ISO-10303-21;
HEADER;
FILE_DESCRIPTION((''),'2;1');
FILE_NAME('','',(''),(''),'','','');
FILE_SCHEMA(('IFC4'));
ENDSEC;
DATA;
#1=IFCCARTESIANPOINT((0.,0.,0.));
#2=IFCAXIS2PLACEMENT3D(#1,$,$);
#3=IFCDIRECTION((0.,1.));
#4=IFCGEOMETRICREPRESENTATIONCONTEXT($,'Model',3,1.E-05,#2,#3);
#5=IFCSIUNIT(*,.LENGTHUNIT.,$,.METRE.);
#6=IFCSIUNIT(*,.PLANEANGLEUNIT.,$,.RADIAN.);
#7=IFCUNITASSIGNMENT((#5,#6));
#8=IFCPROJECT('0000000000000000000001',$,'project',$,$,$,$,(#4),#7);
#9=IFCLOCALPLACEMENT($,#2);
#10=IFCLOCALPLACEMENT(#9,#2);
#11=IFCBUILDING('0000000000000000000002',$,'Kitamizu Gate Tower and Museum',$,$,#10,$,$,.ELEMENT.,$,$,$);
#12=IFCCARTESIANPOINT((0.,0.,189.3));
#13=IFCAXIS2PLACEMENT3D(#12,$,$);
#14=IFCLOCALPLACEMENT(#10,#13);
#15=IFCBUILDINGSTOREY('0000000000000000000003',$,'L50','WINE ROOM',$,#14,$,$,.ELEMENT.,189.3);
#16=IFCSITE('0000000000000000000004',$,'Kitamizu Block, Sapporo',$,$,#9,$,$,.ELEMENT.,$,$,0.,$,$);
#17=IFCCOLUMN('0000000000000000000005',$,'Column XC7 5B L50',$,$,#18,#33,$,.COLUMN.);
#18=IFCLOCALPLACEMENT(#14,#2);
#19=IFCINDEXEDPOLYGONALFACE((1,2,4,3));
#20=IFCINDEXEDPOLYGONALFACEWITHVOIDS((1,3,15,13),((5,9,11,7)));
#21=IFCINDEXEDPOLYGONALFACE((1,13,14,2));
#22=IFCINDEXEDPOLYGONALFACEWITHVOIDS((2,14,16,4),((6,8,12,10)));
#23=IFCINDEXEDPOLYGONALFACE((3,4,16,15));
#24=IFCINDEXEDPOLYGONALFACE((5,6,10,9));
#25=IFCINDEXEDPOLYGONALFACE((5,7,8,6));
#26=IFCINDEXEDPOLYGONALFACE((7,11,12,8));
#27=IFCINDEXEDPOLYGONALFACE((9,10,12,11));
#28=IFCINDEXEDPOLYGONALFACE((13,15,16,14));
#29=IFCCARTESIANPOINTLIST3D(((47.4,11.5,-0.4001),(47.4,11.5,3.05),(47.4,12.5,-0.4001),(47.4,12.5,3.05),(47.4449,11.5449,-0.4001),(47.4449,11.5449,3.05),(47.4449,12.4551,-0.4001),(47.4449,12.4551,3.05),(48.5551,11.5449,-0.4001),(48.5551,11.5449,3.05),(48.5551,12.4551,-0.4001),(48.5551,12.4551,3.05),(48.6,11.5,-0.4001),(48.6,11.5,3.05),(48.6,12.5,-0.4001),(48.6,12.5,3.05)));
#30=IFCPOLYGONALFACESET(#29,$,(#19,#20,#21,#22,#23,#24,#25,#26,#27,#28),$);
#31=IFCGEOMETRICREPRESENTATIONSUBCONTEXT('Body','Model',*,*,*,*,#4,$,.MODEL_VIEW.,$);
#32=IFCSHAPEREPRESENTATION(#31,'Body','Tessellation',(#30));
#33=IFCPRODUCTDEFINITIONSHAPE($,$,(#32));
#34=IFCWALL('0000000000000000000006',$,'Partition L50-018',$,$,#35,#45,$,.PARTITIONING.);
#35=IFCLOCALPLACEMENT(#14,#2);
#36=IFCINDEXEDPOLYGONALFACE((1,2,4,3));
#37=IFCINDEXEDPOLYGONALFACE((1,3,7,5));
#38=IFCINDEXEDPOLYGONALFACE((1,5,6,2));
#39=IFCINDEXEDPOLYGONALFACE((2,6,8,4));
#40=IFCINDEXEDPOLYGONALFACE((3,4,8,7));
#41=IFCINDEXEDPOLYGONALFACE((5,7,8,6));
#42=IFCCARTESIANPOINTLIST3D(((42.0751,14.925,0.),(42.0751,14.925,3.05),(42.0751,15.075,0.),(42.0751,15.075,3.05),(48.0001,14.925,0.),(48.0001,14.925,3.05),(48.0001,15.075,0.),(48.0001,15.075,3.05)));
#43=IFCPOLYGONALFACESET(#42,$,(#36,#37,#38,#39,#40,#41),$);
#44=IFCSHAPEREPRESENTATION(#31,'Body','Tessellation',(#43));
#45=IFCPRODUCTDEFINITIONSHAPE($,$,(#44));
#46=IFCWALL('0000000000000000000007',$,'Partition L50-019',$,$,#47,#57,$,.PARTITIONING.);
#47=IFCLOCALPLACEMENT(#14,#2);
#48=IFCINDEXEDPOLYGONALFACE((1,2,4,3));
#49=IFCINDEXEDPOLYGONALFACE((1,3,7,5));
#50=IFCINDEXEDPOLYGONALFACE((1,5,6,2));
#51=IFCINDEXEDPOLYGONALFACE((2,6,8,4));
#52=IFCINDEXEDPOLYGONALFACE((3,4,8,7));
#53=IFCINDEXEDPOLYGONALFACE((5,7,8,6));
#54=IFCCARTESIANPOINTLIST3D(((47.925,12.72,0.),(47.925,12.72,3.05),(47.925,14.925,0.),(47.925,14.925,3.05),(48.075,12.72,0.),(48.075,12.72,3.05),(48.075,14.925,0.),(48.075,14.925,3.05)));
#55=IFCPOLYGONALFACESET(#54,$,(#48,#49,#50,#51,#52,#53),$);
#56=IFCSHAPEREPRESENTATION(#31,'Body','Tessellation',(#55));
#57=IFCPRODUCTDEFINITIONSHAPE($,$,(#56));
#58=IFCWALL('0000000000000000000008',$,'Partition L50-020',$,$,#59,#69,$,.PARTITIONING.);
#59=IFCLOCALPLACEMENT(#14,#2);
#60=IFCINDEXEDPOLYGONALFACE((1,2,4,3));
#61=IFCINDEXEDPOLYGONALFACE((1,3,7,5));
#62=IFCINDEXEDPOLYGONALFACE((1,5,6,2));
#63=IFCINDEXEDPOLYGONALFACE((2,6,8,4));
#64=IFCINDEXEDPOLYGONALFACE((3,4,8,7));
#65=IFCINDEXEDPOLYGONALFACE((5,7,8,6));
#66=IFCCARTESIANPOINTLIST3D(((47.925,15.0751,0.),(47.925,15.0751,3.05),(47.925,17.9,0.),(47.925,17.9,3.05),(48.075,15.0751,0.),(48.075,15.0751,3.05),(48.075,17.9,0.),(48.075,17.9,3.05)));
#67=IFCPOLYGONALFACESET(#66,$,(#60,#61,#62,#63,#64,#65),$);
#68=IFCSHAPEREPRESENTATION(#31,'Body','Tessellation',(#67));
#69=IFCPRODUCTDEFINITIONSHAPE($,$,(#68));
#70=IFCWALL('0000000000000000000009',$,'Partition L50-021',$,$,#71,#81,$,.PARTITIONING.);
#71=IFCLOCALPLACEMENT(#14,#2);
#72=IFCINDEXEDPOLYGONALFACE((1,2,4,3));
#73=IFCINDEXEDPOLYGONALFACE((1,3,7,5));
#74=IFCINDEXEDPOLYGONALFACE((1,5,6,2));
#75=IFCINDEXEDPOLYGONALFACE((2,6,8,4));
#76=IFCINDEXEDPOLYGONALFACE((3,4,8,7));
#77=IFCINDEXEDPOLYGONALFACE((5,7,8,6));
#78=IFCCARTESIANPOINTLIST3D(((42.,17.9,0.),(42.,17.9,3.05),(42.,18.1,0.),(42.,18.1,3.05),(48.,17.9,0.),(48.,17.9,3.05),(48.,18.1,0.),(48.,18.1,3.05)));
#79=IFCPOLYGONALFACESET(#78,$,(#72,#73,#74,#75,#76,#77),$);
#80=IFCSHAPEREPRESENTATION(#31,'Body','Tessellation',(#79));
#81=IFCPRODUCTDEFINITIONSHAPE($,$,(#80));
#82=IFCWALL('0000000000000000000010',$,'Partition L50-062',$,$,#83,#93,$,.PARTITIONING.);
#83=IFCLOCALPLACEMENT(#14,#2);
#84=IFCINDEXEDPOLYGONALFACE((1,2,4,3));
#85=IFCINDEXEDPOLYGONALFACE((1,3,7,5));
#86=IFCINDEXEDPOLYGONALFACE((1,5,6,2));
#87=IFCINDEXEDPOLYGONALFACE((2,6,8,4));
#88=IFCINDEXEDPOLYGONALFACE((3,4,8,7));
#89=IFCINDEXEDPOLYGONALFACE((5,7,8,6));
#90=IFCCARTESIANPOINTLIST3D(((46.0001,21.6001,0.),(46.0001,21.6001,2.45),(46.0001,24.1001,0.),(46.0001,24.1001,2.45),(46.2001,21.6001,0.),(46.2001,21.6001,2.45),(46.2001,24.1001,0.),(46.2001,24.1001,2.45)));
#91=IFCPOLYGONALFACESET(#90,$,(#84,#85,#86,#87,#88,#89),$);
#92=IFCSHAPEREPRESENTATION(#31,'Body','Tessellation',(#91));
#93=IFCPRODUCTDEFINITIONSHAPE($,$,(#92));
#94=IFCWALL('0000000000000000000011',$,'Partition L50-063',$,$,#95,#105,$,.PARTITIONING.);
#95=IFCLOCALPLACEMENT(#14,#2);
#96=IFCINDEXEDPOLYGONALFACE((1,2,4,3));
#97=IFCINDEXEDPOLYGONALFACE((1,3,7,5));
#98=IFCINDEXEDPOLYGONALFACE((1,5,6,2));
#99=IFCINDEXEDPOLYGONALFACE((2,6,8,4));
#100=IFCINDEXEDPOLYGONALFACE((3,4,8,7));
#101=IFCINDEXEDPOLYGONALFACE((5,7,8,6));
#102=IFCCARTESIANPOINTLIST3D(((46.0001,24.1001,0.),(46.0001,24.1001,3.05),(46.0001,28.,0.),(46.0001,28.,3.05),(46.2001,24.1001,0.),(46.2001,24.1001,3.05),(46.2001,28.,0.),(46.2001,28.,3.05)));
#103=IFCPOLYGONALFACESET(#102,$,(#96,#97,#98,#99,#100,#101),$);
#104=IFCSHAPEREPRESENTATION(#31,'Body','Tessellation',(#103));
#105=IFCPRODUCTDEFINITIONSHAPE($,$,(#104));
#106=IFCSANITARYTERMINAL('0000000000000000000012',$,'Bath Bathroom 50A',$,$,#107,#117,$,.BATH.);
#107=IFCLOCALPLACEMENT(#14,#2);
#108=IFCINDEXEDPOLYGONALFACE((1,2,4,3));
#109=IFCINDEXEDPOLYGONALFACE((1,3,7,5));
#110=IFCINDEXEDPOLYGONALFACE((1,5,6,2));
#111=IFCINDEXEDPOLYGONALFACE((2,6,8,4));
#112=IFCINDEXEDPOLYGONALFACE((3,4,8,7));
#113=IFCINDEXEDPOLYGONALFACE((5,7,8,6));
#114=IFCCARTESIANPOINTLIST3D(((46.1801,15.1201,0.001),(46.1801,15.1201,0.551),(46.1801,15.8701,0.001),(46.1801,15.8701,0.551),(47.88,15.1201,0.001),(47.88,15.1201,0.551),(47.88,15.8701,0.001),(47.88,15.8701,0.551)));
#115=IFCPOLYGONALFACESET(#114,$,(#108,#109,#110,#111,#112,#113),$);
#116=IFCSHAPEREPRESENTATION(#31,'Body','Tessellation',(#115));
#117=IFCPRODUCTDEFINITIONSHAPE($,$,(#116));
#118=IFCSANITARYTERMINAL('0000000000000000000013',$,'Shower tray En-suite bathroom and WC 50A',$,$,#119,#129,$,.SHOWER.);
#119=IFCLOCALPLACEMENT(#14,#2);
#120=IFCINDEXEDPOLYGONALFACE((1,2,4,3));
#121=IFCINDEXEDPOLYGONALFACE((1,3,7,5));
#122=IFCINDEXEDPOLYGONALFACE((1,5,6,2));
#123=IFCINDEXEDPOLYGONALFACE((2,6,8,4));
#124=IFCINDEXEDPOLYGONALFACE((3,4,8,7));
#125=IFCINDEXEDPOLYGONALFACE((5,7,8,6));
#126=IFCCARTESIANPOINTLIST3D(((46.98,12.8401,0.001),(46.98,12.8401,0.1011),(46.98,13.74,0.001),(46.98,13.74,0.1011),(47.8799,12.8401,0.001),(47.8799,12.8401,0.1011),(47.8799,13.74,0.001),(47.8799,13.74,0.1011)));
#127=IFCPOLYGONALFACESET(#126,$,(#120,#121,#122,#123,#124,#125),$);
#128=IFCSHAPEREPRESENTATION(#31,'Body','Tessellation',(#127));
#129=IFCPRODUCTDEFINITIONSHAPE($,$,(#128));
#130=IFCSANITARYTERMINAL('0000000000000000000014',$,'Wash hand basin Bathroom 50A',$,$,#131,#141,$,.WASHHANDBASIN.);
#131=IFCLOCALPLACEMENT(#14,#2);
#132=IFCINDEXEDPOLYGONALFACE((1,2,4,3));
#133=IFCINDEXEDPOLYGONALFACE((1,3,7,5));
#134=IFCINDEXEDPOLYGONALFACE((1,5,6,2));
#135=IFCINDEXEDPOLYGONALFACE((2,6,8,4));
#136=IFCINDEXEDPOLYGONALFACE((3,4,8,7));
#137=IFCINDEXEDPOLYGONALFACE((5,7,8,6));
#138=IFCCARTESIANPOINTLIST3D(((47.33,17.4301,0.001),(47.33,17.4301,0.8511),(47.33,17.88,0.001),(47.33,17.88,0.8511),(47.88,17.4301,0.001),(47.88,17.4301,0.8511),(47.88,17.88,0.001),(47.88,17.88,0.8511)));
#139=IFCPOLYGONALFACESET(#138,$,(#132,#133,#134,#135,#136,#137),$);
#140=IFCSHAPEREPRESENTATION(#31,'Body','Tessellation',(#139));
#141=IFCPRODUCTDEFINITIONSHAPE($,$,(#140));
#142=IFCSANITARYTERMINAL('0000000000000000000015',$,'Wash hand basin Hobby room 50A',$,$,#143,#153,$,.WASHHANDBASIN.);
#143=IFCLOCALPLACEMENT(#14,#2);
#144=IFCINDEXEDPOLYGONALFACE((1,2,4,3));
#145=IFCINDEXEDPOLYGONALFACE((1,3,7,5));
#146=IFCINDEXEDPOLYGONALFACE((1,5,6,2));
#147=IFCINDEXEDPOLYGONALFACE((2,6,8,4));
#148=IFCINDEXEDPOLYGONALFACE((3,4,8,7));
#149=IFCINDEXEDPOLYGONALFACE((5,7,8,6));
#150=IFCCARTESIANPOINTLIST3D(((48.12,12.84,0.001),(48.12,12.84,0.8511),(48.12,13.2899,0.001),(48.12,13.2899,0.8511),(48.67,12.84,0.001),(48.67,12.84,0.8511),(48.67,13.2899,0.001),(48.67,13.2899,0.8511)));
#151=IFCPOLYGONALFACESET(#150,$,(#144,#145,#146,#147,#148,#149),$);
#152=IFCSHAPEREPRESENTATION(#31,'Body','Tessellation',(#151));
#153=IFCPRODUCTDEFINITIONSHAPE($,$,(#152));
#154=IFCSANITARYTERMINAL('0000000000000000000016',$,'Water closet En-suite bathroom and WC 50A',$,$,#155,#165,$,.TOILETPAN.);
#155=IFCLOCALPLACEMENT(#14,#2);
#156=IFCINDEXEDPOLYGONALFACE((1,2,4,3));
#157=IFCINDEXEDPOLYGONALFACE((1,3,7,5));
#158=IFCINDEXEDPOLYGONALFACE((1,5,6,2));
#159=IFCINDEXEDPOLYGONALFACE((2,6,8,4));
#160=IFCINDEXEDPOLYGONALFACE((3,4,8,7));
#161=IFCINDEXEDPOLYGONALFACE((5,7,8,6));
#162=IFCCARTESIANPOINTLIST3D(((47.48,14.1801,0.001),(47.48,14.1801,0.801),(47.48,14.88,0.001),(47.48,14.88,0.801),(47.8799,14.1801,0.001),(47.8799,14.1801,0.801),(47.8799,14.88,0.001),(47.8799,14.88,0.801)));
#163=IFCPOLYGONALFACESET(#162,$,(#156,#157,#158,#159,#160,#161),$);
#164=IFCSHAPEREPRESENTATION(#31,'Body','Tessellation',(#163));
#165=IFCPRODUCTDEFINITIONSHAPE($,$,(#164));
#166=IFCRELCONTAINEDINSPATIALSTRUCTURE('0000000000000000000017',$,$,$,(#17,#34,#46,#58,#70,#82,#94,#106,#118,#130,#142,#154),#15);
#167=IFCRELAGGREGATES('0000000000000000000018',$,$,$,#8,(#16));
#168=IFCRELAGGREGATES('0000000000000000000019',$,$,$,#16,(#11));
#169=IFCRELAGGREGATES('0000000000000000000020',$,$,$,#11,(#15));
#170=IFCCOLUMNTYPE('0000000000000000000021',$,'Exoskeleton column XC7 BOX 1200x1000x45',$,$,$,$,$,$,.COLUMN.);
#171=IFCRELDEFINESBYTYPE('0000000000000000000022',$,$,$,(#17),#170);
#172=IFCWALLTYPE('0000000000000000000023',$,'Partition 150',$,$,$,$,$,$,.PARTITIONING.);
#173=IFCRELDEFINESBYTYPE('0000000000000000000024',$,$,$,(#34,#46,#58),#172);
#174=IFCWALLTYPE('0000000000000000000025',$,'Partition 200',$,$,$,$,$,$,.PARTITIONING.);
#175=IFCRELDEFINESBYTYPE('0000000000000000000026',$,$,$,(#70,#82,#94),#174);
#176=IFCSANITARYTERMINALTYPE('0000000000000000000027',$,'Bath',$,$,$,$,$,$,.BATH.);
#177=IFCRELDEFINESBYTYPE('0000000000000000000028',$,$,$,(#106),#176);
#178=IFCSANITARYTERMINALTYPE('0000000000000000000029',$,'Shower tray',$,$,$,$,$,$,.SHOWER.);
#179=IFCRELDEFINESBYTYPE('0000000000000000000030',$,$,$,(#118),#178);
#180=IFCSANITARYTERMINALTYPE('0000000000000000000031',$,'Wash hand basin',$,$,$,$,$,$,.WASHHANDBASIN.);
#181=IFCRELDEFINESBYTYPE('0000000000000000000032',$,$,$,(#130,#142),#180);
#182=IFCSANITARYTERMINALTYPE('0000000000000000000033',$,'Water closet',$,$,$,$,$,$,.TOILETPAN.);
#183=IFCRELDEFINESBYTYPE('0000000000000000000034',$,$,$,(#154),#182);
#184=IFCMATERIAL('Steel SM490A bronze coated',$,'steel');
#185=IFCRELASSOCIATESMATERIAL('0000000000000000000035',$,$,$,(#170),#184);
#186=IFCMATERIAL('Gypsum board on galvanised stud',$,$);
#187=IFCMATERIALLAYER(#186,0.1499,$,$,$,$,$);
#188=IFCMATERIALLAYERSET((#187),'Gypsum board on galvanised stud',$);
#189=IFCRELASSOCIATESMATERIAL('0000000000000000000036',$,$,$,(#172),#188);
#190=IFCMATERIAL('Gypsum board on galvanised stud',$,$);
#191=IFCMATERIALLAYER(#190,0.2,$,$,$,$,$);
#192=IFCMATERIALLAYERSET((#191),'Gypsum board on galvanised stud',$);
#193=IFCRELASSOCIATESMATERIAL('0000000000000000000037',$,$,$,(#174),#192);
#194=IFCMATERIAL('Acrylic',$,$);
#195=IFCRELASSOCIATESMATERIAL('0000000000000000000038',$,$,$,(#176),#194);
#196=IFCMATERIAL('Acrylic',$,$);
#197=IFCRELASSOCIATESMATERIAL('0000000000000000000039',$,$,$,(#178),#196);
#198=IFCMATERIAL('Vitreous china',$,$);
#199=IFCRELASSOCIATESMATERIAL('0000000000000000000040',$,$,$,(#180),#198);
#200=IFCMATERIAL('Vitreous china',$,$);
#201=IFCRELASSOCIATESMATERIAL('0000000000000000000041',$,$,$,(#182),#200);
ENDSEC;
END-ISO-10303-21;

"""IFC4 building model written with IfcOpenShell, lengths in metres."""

from ifc_helpers import new_model, si_unit, direction, frame, frame_2d, origin, origin_2d, place, context, subcontext, project, spatial, rectangle, hollow_rectangle, extrude, material, layer, layer_set, material_profile, profile_set, type_object, element, save


model = new_model("IFC4")

# Units and contexts
model_context = context("Model", 3, precision=1e-05, world=origin(), true_north=direction((0.0, 1.0)))
body_context = subcontext(model_context, "Body", "Model", "MODEL_VIEW")
ifc_project = project(units=[si_unit("LENGTHUNIT", "METRE"), si_unit("PLANEANGLEUNIT", "RADIAN")], contexts=[model_context])

# Site, building, storey
site_placement = place(None, origin())
site = spatial("IfcSite", under=ifc_project, at=site_placement, Name="Kitamizu Block, Sapporo", CompositionType="ELEMENT", RefElevation=0.0)
building_placement = place(site_placement, origin())
building = spatial("IfcBuilding", under=site, at=building_placement, Name="Kitamizu Gate Tower and Museum", CompositionType="ELEMENT")
storey_placement = place(building_placement, frame((0.0, 0.0, 189.3)))
storey = spatial("IfcBuildingStorey", under=building, at=storey_placement, Name="L50", Description="WINE ROOM", CompositionType="ELEMENT", Elevation=189.3)

# Column
ifc_material_1 = material(Name="Steel SM490A bronze coated", Category="steel")
ifc_material_profile = material_profile(ifc_material_1, hollow_rectangle(XDim=1.2, YDim=1.0, WallThickness=0.0449, at=origin_2d()), Name="BOX 1200x1000x45")
ifc_profile_set = profile_set([ifc_material_profile], Name="Steel SM490A bronze coated")
column_type = type_object("IfcColumnType", Name="Exoskeleton column XC7 BOX 1200x1000x45", PredefinedType="COLUMN", material=ifc_profile_set)
column_placement = place(storey_placement, frame((48.0, 12.0, -0.4001), z_axis=(0.0, 0.0, 1.0), x_axis=(1.0, 0.0, 0.0)))
element("IfcColumn", 1, at=column_placement, inside=storey, type_object=column_type, Name="Column XC7 5B L50", PredefinedType="COLUMN", context=body_context, shape_type="SweptSolid", body=[
    extrude(hollow_rectangle(XDim=1.2, YDim=1.0, WallThickness=0.0449, at=origin_2d()), origin(), (0.0, 0.0, 1.0), 3.4502),
])

# Walls
ifc_material_2 = material(Name="Gypsum board on galvanised stud")
ifc_layer_1 = layer(ifc_material_2, 0.1499)
ifc_layer_set_1 = layer_set([ifc_layer_1], Name="Gypsum board on galvanised stud")
wall_type_1 = type_object("IfcWallType", Name="Partition 150", PredefinedType="PARTITIONING", material=ifc_layer_set_1)
wall_1_placement = place(storey_placement, frame((48.0, 15.0, 0.0), z_axis=(0.0, 0.0, 1.0), x_axis=(-1.0, 0.0, 0.0)))
element("IfcWall", 2, at=wall_1_placement, inside=storey, type_object=wall_type_1, Name="Partition L50-018", PredefinedType="PARTITIONING", context=body_context, shape_type="SweptSolid", body=[
    extrude(rectangle(XDim=5.925, YDim=0.1499, at=frame_2d((2.9624, 0.0))), origin(), (0.0, 0.0, 1.0), 3.05),
])
wall_2_placement = place(storey_placement, frame((48.0, 12.72, 0.0), z_axis=(0.0, 0.0, 1.0), x_axis=(0.0, 1.0, 0.0)))
element("IfcWall", 3, at=wall_2_placement, inside=storey, type_object=wall_type_1, Name="Partition L50-019", PredefinedType="PARTITIONING", context=body_context, shape_type="SweptSolid", body=[
    extrude(rectangle(XDim=2.2051, YDim=0.1499, at=frame_2d((1.1025, 0.0))), origin(), (0.0, 0.0, 1.0), 3.05),
])
wall_3_placement = place(storey_placement, frame((48.0, 15.075, 0.0), z_axis=(0.0, 0.0, 1.0), x_axis=(0.0, 1.0, 0.0)))
element("IfcWall", 4, at=wall_3_placement, inside=storey, type_object=wall_type_1, Name="Partition L50-020", PredefinedType="PARTITIONING", context=body_context, shape_type="SweptSolid", body=[
    extrude(rectangle(XDim=2.825, YDim=0.1499, at=frame_2d((1.4126, 0.0))), origin(), (0.0, 0.0, 1.0), 3.05),
])
ifc_material_3 = material(Name="Gypsum board on galvanised stud")
ifc_layer_2 = layer(ifc_material_3, 0.2)
ifc_layer_set_2 = layer_set([ifc_layer_2], Name="Gypsum board on galvanised stud")
wall_type_2 = type_object("IfcWallType", Name="Partition 200", PredefinedType="PARTITIONING", material=ifc_layer_set_2)
wall_4_placement = place(storey_placement, frame((48.0, 18.0, 0.0), z_axis=(0.0, 0.0, 1.0), x_axis=(-1.0, 0.0, 0.0)))
element("IfcWall", 5, at=wall_4_placement, inside=storey, type_object=wall_type_2, Name="Partition L50-021", PredefinedType="PARTITIONING", context=body_context, shape_type="SweptSolid", body=[
    extrude(rectangle(XDim=6.0, YDim=0.2, at=frame_2d((3.0, 0.0))), origin(), (0.0, 0.0, 1.0), 3.05),
])
wall_5_placement = place(storey_placement, frame((46.1001, 21.6001, 0.0), z_axis=(0.0, 0.0, 1.0), x_axis=(0.0, 1.0, 0.0)))
element("IfcWall", 6, at=wall_5_placement, inside=storey, type_object=wall_type_2, Name="Partition L50-062", PredefinedType="PARTITIONING", context=body_context, shape_type="SweptSolid", body=[
    extrude(rectangle(XDim=2.5, YDim=0.2, at=frame_2d((1.25, 0.0))), origin(), (0.0, 0.0, 1.0), 2.45),
])
wall_6_placement = place(storey_placement, frame((46.1001, 24.1001, 0.0), z_axis=(0.0, 0.0, 1.0), x_axis=(0.0, 1.0, 0.0)))
element("IfcWall", 7, at=wall_6_placement, inside=storey, type_object=wall_type_2, Name="Partition L50-063", PredefinedType="PARTITIONING", context=body_context, shape_type="SweptSolid", body=[
    extrude(rectangle(XDim=3.8999, YDim=0.2, at=frame_2d((1.95, 0.0))), origin(), (0.0, 0.0, 1.0), 3.05),
])

# Sanitary terminals
ifc_material_4 = material(Name="Acrylic")
sanitary_terminal_type_1 = type_object("IfcSanitaryTerminalType", Name="Bath", PredefinedType="BATH", material=ifc_material_4)
sanitary_terminal_1_placement = place(storey_placement, frame((47.03, 15.4951, 0.001), z_axis=(0.0, 0.0, 1.0), x_axis=(1.0, 0.0, 0.0)))
element("IfcSanitaryTerminal", 8, at=sanitary_terminal_1_placement, inside=storey, type_object=sanitary_terminal_type_1, Name="Bath Bathroom 50A", PredefinedType="BATH", context=body_context, shape_type="SweptSolid", body=[
    extrude(rectangle(XDim=1.7, YDim=0.75, at=origin_2d()), origin(), (0.0, 0.0, 1.0), 0.55),
])
ifc_material_5 = material(Name="Acrylic")
sanitary_terminal_type_2 = type_object("IfcSanitaryTerminalType", Name="Shower tray", PredefinedType="SHOWER", material=ifc_material_5)
sanitary_terminal_2_placement = place(storey_placement, frame((47.4299, 13.29, 0.001), z_axis=(0.0, 0.0, 1.0), x_axis=(1.0, 0.0, 0.0)))
element("IfcSanitaryTerminal", 9, at=sanitary_terminal_2_placement, inside=storey, type_object=sanitary_terminal_type_2, Name="Shower tray En-suite bathroom and WC 50A", PredefinedType="SHOWER", context=body_context, shape_type="SweptSolid", body=[
    extrude(rectangle(XDim=0.8999, YDim=0.8999, at=origin_2d()), origin(), (0.0, 0.0, 1.0), 0.1001),
])
ifc_material_6 = material(Name="Vitreous china")
sanitary_terminal_type_3 = type_object("IfcSanitaryTerminalType", Name="Wash hand basin", PredefinedType="WASHHANDBASIN", material=ifc_material_6)
for number, where, z_axis, x_axis, name in (
    (10, (47.605, 17.655, 0.001), (0.0, 0.0, 1.0), (1.0, 0.0, 0.0), "Wash hand basin Bathroom 50A"),
    (11, (48.395, 13.0649, 0.001), (0.0, 0.0, 1.0), (1.0, 0.0, 0.0), "Wash hand basin Hobby room 50A"),
):
    element("IfcSanitaryTerminal", number, at=place(storey_placement, frame(where, z_axis=z_axis, x_axis=x_axis)), inside=storey, type_object=sanitary_terminal_type_3, Name=name, PredefinedType="WASHHANDBASIN", context=body_context, shape_type="SweptSolid", body=[
        extrude(rectangle(XDim=0.55, YDim=0.45, at=origin_2d()), origin(), (0.0, 0.0, 1.0), 0.8501),
    ])
ifc_material_7 = material(Name="Vitreous china")
sanitary_terminal_type_4 = type_object("IfcSanitaryTerminalType", Name="Water closet", PredefinedType="TOILETPAN", material=ifc_material_7)
sanitary_terminal_3_placement = place(storey_placement, frame((47.6799, 14.53, 0.001), z_axis=(0.0, 0.0, 1.0), x_axis=(1.0, 0.0, 0.0)))
element("IfcSanitaryTerminal", 12, at=sanitary_terminal_3_placement, inside=storey, type_object=sanitary_terminal_type_4, Name="Water closet En-suite bathroom and WC 50A", PredefinedType="TOILETPAN", context=body_context, shape_type="SweptSolid", body=[
    extrude(rectangle(XDim=0.3999, YDim=0.7, at=origin_2d()), origin(), (0.0, 0.0, 1.0), 0.8),
])

save(model, "model.ifc")
